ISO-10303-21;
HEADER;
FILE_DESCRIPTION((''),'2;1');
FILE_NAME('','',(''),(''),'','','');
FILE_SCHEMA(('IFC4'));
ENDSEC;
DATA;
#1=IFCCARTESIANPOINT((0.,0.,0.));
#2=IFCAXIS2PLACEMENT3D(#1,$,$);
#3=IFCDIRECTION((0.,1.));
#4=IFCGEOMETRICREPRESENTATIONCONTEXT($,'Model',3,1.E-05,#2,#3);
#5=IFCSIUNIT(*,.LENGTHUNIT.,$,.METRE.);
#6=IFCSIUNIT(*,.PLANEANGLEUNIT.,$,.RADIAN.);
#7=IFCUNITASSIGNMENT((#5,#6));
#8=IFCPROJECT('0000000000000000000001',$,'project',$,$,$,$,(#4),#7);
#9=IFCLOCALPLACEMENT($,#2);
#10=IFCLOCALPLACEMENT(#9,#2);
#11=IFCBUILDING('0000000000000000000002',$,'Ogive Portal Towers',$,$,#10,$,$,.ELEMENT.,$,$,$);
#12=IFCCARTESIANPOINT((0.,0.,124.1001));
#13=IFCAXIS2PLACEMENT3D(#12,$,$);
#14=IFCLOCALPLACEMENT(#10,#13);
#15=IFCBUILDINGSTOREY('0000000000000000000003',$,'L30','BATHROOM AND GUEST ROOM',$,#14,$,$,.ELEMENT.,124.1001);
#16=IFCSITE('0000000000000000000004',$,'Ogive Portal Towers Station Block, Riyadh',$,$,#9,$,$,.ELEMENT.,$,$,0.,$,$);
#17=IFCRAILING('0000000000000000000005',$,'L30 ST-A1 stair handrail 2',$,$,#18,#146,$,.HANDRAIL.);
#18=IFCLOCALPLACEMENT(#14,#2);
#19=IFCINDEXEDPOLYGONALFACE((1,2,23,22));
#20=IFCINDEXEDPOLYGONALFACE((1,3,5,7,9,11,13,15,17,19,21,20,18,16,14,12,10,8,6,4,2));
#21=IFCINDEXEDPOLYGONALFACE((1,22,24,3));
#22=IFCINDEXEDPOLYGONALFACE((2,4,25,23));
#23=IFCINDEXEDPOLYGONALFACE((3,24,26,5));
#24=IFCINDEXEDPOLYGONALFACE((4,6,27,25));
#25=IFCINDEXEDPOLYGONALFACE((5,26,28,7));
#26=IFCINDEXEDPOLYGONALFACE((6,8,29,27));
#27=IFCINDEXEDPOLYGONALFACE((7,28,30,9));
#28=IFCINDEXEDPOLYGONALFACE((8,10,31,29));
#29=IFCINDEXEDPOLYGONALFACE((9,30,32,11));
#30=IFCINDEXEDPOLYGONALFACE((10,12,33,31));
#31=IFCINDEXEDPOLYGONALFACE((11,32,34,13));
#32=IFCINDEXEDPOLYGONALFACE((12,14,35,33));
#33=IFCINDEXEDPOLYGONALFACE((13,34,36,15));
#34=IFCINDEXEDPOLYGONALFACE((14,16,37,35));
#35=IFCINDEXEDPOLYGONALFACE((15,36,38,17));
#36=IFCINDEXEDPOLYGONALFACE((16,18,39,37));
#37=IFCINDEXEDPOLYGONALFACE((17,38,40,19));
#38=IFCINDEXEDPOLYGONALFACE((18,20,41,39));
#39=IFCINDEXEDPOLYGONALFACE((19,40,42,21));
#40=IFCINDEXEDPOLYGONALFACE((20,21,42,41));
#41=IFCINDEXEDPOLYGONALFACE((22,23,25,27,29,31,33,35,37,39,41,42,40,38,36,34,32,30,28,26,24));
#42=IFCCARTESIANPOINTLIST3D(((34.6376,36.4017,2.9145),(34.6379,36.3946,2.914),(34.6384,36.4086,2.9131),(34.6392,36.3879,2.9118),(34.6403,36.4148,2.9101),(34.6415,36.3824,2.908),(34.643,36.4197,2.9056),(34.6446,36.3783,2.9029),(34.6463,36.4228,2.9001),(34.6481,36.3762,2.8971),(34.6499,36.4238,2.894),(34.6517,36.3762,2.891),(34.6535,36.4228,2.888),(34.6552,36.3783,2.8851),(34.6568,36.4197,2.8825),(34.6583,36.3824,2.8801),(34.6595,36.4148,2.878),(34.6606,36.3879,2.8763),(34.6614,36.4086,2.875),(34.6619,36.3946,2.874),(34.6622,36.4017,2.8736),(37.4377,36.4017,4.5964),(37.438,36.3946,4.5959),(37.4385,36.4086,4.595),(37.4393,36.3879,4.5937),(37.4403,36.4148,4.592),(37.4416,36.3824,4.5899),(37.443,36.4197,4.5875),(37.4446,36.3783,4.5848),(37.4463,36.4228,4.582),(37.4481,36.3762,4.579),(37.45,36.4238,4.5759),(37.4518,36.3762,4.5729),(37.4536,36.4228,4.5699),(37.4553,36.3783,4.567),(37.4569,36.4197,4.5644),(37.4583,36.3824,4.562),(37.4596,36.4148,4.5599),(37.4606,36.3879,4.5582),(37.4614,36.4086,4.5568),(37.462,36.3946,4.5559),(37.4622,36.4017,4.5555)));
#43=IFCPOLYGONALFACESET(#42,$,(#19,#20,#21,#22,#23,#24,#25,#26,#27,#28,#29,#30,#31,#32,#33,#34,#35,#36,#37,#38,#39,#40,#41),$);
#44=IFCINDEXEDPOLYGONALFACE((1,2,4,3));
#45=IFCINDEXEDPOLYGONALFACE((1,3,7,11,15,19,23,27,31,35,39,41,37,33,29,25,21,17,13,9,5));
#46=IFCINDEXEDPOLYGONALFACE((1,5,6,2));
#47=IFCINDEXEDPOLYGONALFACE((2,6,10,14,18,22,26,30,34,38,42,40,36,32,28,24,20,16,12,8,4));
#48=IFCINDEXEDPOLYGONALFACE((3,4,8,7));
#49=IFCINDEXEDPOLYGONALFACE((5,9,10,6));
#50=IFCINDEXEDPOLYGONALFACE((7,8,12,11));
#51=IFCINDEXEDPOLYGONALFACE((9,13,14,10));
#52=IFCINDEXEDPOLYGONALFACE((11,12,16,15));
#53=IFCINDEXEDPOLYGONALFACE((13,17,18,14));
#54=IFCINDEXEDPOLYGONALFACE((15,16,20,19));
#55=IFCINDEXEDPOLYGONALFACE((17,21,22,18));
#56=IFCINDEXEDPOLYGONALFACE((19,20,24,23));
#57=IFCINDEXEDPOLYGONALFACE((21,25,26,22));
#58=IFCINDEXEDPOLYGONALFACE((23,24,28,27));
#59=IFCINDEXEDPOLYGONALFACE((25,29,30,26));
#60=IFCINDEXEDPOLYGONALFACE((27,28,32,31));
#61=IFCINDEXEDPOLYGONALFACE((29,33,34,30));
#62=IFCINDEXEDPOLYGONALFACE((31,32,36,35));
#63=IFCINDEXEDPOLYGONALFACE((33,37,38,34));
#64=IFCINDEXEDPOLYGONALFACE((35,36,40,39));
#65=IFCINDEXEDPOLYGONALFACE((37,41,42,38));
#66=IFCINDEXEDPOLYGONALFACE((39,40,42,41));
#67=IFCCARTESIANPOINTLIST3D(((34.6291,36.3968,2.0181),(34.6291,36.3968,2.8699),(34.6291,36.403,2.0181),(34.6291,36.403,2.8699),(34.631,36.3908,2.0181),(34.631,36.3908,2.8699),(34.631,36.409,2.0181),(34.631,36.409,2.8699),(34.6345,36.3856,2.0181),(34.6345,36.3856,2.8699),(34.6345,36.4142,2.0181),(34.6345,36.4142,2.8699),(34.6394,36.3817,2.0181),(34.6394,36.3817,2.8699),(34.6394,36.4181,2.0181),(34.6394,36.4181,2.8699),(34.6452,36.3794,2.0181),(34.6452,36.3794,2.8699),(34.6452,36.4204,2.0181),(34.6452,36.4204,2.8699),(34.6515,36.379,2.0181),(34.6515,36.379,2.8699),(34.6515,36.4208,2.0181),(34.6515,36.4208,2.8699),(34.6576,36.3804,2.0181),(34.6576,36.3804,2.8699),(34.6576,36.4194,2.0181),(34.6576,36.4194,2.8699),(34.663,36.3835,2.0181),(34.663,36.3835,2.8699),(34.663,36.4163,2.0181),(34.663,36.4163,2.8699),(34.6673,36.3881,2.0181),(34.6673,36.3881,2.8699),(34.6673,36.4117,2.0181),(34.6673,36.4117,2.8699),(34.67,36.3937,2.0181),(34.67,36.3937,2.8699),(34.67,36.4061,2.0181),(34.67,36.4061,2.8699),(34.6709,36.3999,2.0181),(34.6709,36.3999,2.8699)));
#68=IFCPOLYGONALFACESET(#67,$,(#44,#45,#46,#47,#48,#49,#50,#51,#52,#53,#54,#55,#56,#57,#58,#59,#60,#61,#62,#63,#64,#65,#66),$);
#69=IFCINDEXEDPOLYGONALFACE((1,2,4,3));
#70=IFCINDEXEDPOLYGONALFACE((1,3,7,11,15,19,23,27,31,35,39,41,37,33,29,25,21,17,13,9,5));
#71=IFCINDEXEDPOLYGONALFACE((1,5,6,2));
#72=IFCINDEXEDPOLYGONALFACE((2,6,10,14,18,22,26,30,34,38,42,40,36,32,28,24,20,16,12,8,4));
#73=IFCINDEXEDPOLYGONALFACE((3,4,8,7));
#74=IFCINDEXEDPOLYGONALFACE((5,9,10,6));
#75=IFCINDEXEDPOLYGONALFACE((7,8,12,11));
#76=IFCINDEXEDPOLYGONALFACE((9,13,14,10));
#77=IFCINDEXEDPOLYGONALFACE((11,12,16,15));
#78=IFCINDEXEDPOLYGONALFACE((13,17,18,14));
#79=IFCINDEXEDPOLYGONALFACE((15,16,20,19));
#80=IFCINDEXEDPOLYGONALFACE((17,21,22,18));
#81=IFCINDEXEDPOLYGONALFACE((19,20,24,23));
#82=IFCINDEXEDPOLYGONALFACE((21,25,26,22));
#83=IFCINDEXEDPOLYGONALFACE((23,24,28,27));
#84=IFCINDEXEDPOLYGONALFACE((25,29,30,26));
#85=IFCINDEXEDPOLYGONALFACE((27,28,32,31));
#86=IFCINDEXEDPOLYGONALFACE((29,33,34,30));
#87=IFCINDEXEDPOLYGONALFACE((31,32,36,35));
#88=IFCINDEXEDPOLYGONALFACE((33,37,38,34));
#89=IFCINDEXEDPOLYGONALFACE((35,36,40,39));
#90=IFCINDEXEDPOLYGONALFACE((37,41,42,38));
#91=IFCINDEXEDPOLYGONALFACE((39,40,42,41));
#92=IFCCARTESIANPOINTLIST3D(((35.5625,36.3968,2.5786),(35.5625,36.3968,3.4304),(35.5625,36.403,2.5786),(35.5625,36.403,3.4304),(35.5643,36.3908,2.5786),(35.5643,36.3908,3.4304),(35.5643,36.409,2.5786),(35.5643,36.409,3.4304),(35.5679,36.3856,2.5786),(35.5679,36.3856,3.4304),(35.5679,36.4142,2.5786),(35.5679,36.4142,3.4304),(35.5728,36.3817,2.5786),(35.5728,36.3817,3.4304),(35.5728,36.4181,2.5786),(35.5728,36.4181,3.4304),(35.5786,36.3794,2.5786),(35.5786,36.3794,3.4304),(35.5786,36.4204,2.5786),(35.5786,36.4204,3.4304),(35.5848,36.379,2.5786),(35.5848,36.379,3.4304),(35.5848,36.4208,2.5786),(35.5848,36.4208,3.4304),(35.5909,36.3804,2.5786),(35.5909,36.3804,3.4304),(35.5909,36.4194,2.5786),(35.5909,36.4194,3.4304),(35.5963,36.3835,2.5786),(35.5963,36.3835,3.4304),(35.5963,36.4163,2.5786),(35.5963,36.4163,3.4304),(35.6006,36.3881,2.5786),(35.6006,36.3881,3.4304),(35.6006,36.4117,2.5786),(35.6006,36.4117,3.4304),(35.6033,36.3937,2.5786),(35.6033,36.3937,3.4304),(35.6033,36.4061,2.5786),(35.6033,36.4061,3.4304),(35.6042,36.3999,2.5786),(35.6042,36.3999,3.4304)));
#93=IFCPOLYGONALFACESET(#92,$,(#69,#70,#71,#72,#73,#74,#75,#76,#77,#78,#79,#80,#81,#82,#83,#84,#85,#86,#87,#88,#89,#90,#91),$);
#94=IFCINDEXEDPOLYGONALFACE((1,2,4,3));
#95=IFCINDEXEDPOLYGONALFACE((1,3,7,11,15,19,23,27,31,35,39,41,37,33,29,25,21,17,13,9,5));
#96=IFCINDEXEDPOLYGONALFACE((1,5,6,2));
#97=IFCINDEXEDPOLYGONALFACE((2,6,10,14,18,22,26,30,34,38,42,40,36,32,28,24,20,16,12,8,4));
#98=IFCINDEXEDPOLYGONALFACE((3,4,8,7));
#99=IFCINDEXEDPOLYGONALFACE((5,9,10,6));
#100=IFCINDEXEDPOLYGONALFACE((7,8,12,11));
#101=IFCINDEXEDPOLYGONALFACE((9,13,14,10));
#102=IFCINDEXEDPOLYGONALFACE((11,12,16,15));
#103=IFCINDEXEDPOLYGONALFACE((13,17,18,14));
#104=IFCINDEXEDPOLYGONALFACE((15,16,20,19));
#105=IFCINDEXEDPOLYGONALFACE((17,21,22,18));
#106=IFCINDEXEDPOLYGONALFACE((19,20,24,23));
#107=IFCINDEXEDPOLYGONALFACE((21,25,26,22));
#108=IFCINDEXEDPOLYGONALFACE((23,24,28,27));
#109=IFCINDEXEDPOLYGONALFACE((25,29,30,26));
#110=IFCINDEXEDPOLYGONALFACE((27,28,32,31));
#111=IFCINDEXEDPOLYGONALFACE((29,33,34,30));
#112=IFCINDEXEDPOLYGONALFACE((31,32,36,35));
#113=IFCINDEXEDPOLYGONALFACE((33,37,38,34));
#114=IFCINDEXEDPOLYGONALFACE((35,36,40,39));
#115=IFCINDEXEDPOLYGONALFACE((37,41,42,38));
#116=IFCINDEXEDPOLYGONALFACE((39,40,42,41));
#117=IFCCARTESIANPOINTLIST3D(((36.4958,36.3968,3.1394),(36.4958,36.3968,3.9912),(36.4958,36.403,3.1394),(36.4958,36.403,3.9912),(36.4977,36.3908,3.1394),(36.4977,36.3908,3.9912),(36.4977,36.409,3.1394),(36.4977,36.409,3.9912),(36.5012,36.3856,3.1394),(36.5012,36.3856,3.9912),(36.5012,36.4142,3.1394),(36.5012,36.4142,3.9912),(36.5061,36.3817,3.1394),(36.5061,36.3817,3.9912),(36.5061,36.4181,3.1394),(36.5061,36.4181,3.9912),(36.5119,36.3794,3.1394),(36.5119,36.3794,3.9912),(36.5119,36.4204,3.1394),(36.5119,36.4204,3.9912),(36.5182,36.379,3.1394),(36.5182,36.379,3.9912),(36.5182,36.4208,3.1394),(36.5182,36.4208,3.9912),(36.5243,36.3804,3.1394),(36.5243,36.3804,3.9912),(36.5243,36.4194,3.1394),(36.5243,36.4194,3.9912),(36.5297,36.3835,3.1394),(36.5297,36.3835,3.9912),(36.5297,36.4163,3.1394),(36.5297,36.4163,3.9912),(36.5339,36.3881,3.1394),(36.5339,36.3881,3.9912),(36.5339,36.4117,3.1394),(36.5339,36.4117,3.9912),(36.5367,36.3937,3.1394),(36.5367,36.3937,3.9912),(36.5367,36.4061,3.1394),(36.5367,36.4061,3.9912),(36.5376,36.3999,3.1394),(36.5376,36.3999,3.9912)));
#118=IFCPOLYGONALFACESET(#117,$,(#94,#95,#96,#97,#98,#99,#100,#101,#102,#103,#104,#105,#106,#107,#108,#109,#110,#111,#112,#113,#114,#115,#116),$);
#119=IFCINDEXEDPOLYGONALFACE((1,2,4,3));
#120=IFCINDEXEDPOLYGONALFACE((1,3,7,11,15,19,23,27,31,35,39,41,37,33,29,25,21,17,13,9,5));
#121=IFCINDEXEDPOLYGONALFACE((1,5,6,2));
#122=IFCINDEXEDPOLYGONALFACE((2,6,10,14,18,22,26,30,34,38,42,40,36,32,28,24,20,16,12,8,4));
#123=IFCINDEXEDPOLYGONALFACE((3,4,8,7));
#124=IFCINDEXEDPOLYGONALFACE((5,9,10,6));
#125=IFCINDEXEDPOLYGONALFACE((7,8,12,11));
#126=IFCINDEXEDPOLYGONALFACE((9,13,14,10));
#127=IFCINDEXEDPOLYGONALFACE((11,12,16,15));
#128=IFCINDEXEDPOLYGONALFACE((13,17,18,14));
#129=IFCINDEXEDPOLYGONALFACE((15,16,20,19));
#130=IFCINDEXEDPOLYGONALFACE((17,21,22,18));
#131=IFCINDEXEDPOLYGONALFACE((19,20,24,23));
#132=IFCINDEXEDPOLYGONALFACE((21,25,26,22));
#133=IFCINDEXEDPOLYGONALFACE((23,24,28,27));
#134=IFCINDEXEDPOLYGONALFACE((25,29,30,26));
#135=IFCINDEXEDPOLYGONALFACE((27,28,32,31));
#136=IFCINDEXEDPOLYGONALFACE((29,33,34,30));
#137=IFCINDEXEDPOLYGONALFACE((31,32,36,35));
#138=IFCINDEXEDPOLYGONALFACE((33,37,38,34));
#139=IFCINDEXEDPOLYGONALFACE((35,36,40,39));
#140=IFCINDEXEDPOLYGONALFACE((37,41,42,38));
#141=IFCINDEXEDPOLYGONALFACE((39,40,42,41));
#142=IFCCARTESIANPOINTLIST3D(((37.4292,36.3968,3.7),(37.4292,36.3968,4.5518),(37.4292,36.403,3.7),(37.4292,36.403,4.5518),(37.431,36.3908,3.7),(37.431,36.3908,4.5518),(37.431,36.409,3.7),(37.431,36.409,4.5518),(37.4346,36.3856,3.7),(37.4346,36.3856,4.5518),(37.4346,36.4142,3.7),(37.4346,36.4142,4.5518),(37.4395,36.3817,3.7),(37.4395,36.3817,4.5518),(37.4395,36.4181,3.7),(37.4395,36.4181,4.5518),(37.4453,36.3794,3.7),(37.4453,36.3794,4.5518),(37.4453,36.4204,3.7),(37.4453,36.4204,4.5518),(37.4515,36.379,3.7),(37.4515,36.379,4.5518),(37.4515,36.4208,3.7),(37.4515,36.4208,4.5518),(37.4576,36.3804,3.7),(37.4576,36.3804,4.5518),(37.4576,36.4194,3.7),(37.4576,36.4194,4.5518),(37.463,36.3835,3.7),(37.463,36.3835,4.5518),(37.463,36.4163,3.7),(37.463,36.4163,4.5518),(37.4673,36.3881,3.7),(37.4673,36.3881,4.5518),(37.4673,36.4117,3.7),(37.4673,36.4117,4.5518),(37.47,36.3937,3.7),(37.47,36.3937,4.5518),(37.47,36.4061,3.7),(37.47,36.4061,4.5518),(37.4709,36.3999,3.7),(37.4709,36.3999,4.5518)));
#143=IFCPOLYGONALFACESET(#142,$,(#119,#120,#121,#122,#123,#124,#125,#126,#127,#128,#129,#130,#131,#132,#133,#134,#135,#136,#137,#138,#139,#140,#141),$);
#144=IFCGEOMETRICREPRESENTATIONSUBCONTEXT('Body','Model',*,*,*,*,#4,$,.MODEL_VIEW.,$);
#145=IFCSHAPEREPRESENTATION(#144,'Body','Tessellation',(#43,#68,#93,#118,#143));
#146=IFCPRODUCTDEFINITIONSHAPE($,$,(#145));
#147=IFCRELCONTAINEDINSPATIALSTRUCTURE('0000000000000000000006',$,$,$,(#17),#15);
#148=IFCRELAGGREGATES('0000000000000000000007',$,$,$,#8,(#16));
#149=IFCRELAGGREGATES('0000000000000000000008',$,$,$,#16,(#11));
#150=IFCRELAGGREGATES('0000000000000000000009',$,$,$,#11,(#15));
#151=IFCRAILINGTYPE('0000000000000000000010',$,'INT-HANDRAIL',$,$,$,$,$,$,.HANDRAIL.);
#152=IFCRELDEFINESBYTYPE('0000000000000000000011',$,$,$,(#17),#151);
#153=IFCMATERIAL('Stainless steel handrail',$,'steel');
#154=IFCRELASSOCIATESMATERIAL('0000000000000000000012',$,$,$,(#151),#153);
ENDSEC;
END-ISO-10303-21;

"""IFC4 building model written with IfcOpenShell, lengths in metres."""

from ifc_helpers import new_model, si_unit, direction, frame, origin, origin_2d, place, context, subcontext, project, spatial, circle, extrude, material, type_object, element, save


model = new_model("IFC4")

# Units and contexts
model_context = context("Model", 3, precision=1e-05, world=origin(), true_north=direction((0.0, 1.0)))
body_context = subcontext(model_context, "Body", "Model", "MODEL_VIEW")
ifc_project = project(units=[si_unit("LENGTHUNIT", "METRE"), si_unit("PLANEANGLEUNIT", "RADIAN")], contexts=[model_context])

# Site, building, storey
site_placement = place(None, origin())
site = spatial("IfcSite", under=ifc_project, at=site_placement, Name="Ogive Portal Towers Station Block, Riyadh", CompositionType="ELEMENT", RefElevation=0.0)
building_placement = place(site_placement, origin())
building = spatial("IfcBuilding", under=site, at=building_placement, Name="Ogive Portal Towers", CompositionType="ELEMENT")
storey_placement = place(building_placement, frame((0.0, 0.0, 124.1001)))
storey = spatial("IfcBuildingStorey", under=building, at=storey_placement, Name="L30", Description="BATHROOM AND GUEST ROOM", CompositionType="ELEMENT", Elevation=124.1001)

# Railing
ifc_material_1 = material(Name="Stainless steel handrail", Category="steel")
railing_type_1 = type_object("IfcRailingType", Name="INT-HANDRAIL", PredefinedType="HANDRAIL", material=ifc_material_1)
railing_1_placement = place(storey_placement, frame((34.6499, 36.3999, 2.0181)))
element("IfcRailing", 1, at=railing_1_placement, inside=storey, type_object=railing_type_1, Name="L30 ST-A1 stair handrail 2", PredefinedType="HANDRAIL", context=body_context, shape_type="SweptSolid", body=[
    extrude(circle(Radius=0.0239, at=origin_2d()), frame((0.0, 0.0, 0.876), z_axis=(0.857242, 0.0, 0.514913), x_axis=(0.0, 1.0, 0.0)), (0.0, 0.0, 1.0), 3.2664),
    extrude(circle(Radius=0.021, at=origin_2d()), origin(), (0.0, 0.0, 1.0), 0.8518),
    extrude(circle(Radius=0.021, at=origin_2d()), frame((0.9333, 0.0, 0.5605)), (0.0, 0.0, 1.0), 0.8518),
    extrude(circle(Radius=0.021, at=origin_2d()), frame((1.8667, 0.0, 1.1213)), (0.0, 0.0, 1.0), 0.8518),
    extrude(circle(Radius=0.021, at=origin_2d()), frame((2.8, 0.0, 1.6819)), (0.0, 0.0, 1.0), 0.8518),
])

save(model, "model.ifc")
